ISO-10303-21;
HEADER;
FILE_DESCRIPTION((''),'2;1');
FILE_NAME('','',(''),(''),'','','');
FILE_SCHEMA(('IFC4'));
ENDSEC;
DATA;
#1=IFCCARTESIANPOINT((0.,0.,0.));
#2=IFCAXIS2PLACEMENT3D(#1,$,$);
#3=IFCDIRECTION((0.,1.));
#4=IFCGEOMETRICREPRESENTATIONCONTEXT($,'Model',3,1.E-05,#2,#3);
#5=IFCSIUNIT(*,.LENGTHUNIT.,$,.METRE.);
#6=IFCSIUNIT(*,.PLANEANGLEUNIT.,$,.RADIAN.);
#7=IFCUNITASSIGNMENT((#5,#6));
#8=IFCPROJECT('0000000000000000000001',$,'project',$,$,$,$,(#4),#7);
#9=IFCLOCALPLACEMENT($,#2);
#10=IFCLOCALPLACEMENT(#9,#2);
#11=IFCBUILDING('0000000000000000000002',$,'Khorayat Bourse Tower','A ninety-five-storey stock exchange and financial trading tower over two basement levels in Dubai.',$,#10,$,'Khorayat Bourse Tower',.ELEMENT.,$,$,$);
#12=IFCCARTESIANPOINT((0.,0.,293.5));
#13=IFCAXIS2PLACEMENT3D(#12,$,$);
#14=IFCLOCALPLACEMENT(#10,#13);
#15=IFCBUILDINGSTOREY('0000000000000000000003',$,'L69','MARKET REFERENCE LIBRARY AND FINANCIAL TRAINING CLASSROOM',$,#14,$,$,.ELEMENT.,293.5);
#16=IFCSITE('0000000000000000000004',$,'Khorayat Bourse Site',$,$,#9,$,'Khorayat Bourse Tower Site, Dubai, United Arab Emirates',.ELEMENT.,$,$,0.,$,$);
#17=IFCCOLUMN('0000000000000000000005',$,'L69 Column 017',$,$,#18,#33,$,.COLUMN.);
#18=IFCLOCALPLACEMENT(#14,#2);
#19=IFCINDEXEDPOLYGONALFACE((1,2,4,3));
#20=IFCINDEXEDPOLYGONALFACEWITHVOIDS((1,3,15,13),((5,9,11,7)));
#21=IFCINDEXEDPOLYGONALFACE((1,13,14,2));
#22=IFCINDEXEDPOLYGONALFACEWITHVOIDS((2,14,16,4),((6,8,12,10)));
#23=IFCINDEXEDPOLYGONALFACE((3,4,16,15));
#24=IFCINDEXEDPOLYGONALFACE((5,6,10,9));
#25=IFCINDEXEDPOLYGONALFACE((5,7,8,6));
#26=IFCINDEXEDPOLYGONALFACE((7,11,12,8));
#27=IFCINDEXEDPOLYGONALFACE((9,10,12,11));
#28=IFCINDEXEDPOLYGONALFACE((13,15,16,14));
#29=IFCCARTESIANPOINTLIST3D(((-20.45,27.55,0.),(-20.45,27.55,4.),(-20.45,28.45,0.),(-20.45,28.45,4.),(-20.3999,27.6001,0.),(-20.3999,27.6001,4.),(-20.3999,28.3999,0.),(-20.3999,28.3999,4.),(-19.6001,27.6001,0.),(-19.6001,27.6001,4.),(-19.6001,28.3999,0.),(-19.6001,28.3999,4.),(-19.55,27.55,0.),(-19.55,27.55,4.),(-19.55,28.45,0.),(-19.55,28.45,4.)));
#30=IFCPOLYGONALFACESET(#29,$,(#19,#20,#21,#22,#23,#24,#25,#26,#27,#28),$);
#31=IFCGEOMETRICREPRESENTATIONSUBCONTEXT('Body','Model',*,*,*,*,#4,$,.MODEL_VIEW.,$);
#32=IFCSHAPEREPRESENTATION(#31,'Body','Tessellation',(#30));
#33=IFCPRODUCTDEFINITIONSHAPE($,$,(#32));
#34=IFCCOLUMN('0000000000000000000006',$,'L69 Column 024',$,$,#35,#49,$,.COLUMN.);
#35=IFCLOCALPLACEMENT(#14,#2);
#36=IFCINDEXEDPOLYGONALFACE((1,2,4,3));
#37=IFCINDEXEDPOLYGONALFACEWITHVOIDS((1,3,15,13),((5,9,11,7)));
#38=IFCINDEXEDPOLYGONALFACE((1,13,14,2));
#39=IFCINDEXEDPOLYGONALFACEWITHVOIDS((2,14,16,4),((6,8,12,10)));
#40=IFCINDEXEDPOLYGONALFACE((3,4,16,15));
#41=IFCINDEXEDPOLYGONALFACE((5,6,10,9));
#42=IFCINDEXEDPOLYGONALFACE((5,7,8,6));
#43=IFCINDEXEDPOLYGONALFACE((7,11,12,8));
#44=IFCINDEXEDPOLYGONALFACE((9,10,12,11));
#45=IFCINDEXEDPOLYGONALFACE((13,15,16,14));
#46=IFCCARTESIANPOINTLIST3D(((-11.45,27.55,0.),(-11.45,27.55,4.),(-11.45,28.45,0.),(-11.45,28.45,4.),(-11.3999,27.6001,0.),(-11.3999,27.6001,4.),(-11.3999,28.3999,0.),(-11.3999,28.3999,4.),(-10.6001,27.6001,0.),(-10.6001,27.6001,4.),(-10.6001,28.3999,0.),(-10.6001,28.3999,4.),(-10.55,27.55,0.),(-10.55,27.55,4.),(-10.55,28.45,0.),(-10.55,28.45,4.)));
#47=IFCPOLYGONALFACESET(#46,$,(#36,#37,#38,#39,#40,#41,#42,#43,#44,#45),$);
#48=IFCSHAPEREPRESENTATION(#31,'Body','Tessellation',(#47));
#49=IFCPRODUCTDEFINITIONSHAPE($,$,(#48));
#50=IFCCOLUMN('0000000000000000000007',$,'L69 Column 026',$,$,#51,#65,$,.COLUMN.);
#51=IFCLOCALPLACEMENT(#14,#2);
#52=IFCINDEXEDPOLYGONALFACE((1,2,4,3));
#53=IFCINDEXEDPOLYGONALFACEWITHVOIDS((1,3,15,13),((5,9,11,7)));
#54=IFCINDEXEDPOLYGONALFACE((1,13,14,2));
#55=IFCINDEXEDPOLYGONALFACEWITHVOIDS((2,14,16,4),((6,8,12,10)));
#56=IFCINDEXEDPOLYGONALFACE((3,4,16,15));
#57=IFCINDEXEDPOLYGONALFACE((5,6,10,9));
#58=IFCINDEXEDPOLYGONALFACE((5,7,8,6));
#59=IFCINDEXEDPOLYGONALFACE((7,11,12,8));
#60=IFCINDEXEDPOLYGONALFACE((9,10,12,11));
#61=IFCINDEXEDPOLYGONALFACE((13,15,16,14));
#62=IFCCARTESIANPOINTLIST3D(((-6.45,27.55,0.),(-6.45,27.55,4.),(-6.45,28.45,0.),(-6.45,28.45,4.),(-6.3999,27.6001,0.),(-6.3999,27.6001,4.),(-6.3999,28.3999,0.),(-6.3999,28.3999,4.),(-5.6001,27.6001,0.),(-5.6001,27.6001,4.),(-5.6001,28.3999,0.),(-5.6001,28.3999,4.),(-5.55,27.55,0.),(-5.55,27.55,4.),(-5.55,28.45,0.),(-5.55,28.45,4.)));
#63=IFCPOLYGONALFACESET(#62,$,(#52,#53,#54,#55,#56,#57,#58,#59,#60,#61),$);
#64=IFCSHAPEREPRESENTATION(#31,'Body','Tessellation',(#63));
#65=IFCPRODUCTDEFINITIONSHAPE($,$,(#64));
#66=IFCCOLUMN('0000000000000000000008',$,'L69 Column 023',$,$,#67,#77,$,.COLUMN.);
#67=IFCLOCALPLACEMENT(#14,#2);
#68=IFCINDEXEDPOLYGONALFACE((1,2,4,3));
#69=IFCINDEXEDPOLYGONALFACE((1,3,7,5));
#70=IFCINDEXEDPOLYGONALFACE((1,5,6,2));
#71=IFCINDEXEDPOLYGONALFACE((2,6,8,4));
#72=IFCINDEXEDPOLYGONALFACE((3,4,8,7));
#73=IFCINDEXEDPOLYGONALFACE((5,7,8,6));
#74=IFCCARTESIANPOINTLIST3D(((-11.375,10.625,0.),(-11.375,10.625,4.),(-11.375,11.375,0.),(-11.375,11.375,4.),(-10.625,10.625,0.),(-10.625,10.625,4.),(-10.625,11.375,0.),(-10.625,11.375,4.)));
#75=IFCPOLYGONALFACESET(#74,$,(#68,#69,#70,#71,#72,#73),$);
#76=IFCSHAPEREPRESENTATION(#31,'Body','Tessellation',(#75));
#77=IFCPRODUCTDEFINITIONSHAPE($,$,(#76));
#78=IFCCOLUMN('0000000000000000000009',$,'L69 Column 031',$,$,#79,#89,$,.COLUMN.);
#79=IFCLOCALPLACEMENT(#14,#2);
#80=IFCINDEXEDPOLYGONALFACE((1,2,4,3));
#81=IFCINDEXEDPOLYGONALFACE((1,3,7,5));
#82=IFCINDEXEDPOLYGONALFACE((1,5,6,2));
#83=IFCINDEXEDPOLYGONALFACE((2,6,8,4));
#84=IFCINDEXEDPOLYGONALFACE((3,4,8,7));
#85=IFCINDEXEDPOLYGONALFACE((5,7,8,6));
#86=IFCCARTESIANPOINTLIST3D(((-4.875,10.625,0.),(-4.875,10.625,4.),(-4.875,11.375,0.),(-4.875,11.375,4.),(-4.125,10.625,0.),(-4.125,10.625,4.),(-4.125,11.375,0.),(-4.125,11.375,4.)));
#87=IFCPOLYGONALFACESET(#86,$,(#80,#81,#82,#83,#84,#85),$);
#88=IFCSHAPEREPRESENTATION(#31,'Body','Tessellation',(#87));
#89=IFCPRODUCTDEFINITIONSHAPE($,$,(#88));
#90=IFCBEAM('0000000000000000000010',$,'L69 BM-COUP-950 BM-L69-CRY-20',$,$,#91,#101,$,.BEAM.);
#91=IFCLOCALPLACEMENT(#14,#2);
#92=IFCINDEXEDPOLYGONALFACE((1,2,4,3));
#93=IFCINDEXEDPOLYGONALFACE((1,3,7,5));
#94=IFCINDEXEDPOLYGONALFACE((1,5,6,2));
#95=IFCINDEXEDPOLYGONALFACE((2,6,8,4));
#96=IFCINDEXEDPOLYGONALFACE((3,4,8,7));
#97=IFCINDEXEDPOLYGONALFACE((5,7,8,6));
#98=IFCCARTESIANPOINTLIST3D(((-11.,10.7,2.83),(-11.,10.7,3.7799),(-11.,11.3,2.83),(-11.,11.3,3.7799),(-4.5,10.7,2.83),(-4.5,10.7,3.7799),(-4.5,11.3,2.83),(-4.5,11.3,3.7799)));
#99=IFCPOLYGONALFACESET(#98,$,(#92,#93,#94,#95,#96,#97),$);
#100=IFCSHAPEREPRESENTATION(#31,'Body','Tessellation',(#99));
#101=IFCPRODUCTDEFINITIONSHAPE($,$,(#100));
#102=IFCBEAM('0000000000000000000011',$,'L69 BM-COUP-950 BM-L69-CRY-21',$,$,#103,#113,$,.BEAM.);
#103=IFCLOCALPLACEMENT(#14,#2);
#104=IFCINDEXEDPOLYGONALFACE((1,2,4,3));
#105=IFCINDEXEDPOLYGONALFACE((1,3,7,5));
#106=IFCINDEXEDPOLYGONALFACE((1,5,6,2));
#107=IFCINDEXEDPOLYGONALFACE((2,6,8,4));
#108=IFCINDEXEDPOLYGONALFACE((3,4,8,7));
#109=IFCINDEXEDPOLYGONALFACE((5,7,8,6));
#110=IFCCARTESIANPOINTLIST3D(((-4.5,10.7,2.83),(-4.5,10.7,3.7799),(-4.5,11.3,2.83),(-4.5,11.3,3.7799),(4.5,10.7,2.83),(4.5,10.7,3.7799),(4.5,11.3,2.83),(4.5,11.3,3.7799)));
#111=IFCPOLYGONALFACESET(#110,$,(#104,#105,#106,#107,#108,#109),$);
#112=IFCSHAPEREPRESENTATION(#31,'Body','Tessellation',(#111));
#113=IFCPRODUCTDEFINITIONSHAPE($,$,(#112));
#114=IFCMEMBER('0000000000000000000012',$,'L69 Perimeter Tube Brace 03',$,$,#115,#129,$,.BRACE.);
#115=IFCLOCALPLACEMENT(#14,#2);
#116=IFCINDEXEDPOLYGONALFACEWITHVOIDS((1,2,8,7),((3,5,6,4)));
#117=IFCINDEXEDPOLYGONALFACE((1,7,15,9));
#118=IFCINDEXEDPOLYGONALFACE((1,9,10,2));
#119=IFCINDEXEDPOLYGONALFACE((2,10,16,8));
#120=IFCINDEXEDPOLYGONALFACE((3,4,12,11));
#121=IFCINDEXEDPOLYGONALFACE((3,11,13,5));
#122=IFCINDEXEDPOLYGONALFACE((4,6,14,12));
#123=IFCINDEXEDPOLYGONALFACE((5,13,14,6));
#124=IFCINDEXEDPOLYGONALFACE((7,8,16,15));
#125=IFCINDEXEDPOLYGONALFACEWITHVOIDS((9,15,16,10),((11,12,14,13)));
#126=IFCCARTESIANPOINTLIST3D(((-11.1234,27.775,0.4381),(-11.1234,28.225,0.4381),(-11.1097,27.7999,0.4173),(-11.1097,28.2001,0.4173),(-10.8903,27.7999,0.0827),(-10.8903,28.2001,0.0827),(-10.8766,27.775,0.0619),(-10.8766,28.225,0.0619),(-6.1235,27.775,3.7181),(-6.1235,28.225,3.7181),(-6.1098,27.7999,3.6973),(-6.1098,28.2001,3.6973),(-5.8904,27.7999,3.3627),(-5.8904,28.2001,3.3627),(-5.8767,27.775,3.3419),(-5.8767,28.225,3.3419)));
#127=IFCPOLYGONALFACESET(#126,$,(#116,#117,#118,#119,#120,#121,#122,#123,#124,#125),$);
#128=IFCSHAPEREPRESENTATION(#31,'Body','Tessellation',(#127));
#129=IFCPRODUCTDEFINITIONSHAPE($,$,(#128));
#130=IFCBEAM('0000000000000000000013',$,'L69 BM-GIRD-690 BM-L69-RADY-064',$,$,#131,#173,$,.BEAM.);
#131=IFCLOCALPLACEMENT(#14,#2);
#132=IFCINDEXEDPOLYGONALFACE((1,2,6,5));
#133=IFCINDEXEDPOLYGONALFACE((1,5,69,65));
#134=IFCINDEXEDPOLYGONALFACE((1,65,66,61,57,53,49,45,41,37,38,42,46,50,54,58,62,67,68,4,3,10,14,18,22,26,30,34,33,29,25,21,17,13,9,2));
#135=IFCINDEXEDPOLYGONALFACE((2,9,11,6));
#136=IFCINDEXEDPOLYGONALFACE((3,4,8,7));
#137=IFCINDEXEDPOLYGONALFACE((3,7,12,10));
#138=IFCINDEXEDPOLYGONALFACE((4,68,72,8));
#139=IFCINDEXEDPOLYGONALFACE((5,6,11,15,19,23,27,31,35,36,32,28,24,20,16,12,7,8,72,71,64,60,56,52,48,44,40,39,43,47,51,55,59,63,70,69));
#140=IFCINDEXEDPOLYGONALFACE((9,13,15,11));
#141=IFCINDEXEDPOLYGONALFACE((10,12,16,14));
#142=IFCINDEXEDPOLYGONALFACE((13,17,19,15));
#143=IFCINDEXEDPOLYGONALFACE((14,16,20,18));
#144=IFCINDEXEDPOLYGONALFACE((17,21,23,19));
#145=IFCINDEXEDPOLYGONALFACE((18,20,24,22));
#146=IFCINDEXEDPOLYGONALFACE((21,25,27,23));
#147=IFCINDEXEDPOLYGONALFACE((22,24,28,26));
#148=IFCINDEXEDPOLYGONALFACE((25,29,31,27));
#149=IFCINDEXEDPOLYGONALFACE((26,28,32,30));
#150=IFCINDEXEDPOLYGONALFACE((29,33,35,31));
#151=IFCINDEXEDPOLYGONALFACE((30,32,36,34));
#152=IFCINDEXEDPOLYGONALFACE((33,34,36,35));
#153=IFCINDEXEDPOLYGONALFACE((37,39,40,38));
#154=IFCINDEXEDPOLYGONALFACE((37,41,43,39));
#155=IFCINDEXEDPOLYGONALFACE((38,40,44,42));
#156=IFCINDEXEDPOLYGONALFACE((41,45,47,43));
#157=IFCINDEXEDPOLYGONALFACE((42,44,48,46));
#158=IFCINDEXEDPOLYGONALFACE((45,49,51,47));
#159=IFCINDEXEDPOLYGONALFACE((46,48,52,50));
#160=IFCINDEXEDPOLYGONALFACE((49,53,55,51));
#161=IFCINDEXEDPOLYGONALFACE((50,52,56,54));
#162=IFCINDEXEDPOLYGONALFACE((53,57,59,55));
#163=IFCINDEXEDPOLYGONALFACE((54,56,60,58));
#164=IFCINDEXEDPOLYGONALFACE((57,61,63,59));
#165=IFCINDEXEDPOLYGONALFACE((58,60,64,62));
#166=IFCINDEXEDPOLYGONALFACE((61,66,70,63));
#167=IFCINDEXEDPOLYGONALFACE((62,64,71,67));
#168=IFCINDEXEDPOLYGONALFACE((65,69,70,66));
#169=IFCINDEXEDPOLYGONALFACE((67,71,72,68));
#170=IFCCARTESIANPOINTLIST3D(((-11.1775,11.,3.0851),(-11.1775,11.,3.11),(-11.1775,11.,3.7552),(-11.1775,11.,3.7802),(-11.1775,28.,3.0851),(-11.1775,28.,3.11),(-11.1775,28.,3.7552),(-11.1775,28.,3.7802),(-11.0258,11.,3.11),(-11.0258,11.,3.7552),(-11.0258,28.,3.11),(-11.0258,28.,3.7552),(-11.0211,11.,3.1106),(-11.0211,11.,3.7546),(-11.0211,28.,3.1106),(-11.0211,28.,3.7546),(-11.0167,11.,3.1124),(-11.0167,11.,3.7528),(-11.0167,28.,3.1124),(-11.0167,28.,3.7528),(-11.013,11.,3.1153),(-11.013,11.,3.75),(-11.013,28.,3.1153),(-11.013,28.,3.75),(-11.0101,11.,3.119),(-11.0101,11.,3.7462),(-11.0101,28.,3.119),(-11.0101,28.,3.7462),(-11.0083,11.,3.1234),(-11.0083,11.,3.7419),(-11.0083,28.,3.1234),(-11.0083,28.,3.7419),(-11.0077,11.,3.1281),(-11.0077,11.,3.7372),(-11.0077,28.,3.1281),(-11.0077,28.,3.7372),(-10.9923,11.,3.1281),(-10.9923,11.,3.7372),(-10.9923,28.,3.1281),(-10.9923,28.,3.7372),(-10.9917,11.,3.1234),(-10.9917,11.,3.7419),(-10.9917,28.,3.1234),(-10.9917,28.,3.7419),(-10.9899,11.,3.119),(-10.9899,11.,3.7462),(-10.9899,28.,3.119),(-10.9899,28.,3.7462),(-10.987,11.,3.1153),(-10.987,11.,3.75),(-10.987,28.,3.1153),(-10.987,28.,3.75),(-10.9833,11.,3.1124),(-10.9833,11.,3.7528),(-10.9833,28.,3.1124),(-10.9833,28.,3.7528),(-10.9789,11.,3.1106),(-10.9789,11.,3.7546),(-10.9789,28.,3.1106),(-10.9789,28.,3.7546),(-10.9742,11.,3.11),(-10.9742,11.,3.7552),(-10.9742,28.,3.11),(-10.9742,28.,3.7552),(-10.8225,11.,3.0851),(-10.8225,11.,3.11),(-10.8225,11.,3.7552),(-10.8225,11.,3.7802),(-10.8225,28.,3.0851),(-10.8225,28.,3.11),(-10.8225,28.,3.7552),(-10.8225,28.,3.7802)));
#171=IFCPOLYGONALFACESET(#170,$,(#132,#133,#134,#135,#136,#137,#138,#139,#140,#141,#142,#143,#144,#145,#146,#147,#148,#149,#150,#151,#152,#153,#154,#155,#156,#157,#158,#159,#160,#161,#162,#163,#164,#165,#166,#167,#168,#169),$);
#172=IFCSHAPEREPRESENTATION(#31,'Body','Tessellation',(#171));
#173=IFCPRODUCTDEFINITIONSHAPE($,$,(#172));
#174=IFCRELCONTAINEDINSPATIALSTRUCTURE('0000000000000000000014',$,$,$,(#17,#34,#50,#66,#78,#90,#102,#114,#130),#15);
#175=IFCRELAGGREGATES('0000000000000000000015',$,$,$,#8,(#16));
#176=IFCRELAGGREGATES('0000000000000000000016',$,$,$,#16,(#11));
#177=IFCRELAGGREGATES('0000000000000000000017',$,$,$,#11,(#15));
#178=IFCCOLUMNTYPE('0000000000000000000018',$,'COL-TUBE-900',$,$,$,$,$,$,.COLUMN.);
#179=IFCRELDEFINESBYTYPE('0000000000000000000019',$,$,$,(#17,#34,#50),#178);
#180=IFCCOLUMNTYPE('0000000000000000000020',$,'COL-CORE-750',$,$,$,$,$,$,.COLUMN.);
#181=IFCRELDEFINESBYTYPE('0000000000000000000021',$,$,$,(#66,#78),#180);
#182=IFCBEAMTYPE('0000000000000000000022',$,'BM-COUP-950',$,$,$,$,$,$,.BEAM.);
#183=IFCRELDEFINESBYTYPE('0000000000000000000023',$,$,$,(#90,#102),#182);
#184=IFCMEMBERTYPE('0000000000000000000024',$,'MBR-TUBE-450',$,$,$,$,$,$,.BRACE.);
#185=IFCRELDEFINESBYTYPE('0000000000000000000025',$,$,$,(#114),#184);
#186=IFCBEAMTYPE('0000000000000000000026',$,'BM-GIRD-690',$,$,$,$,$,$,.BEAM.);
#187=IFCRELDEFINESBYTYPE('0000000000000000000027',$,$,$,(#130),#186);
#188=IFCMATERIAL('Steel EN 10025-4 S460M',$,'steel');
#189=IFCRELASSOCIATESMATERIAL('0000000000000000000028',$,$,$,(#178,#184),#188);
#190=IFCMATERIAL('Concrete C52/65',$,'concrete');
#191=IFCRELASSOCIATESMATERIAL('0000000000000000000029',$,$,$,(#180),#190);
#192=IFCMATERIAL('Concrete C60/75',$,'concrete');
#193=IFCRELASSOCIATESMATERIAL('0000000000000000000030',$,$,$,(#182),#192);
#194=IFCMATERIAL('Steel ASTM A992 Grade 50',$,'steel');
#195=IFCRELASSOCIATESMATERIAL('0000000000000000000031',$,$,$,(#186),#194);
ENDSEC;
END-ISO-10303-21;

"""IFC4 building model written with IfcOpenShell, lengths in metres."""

from ifc_helpers import new_model, si_unit, direction, frame, origin, origin_2d, place, context, subcontext, project, spatial, rectangle, hollow_rectangle, i_section, extrude, source, transform, mapped, material, material_profile, profile_set, type_object, element, save


model = new_model("IFC4")

# Units and contexts
model_context = context("Model", 3, precision=1e-05, world=origin(), true_north=direction((0.0, 1.0)))
body_context = subcontext(model_context, "Body", "Model", "MODEL_VIEW")
ifc_project = project(units=[si_unit("LENGTHUNIT", "METRE"), si_unit("PLANEANGLEUNIT", "RADIAN")], contexts=[model_context])

# Site, building, storey
site_placement = place(None, origin())
site = spatial("IfcSite", under=ifc_project, at=site_placement, Name="Khorayat Bourse Site", LongName="Khorayat Bourse Tower Site, Dubai, United Arab Emirates", CompositionType="ELEMENT", RefElevation=0.0)
building_placement = place(site_placement, origin())
building = spatial("IfcBuilding", under=site, at=building_placement, Name="Khorayat Bourse Tower", Description="A ninety-five-storey stock exchange and financial trading tower over two basement levels in Dubai.", LongName="Khorayat Bourse Tower", CompositionType="ELEMENT")
storey_placement = place(building_placement, frame((0.0, 0.0, 293.5)))
storey = spatial("IfcBuildingStorey", under=building, at=storey_placement, Name="L69", Description="MARKET REFERENCE LIBRARY AND FINANCIAL TRAINING CLASSROOM", CompositionType="ELEMENT", Elevation=293.5)

# Columns
ifc_material_1 = material(Name="Steel EN 10025-4 S460M", Category="steel")
ifc_material_profile_1 = material_profile(ifc_material_1, hollow_rectangle(XDim=0.8999, YDim=0.8999, WallThickness=0.05, at=origin_2d()), Name="BOX 900x900x50")
ifc_profile_set_1 = profile_set([ifc_material_profile_1], Name="Steel EN 10025-4 S460M")
column_type_1 = type_object("IfcColumnType", Name="COL-TUBE-900", PredefinedType="COLUMN", material=ifc_profile_set_1)
shared_shape_1 = source(origin(), body_context, "Body", "SweptSolid", [
    extrude(hollow_rectangle(XDim=0.8999, YDim=0.8999, WallThickness=0.05, at=origin_2d()), origin(), (0.0, 0.0, 1.0), 4.0),
])
for number, where, z_axis, x_axis, name in (
    (1, (-20.0, 28.0, 0.0), (0.0, 0.0, 1.0), (1.0, 0.0, 0.0), "L69 Column 017"),
    (2, (-11.0, 28.0, 0.0), (0.0, 0.0, 1.0), (1.0, 0.0, 0.0), "L69 Column 024"),
    (3, (-6.0, 28.0, 0.0), (0.0, 0.0, 1.0), (1.0, 0.0, 0.0), "L69 Column 026"),
):
    element("IfcColumn", number, at=place(storey_placement, frame(where, z_axis=z_axis, x_axis=x_axis)), inside=storey, type_object=column_type_1, Name=name, PredefinedType="COLUMN", context=body_context, shape_type="MappedRepresentation", body=[
        mapped(shared_shape_1, transform((0.0, 0.0, 0.0), scale=1.0)),
    ])
ifc_material_2 = material(Name="Concrete C52/65", Category="concrete")
ifc_material_profile_2 = material_profile(ifc_material_2, rectangle(XDim=0.75, YDim=0.75, at=origin_2d()), Name="RC 750x750")
ifc_profile_set_2 = profile_set([ifc_material_profile_2], Name="Concrete C52/65")
column_type_2 = type_object("IfcColumnType", Name="COL-CORE-750", PredefinedType="COLUMN", material=ifc_profile_set_2)
shared_shape_2 = source(origin(), body_context, "Body", "SweptSolid", [
    extrude(rectangle(XDim=0.75, YDim=0.75, at=origin_2d()), origin(), (0.0, 0.0, 1.0), 4.0),
])
for number, where, z_axis, x_axis, name in (
    (4, (-11.0, 11.0, 0.0), (0.0, 0.0, 1.0), (1.0, 0.0, 0.0), "L69 Column 023"),
    (5, (-4.5, 11.0, 0.0), (0.0, 0.0, 1.0), (1.0, 0.0, 0.0), "L69 Column 031"),
):
    element("IfcColumn", number, at=place(storey_placement, frame(where, z_axis=z_axis, x_axis=x_axis)), inside=storey, type_object=column_type_2, Name=name, PredefinedType="COLUMN", context=body_context, shape_type="MappedRepresentation", body=[
        mapped(shared_shape_2, transform((0.0, 0.0, 0.0), scale=1.0)),
    ])

# Beams
ifc_material_3 = material(Name="Concrete C60/75", Category="concrete")
ifc_material_profile_3 = material_profile(ifc_material_3, rectangle(XDim=0.6001, YDim=0.95, at=origin_2d()), Name="RC 600x950")
ifc_profile_set_3 = profile_set([ifc_material_profile_3], Name="Concrete C60/75")
beam_type_1 = type_object("IfcBeamType", Name="BM-COUP-950", PredefinedType="BEAM", material=ifc_profile_set_3)
shared_shape_3 = source(origin(), body_context, "Body", "SweptSolid", [
    extrude(rectangle(XDim=0.6001, YDim=0.95, at=origin_2d()), origin(), (0.0, 0.0, 1.0), 6.5),
])
beam_1_placement = place(storey_placement, frame((-11.0, 11.0, 3.3049), z_axis=(1.0, 0.0, 0.0), x_axis=(0.0, 1.0, 0.0)))
element("IfcBeam", 6, at=beam_1_placement, inside=storey, type_object=beam_type_1, Name="L69 BM-COUP-950 BM-L69-CRY-20", PredefinedType="BEAM", context=body_context, shape_type="MappedRepresentation", body=[
    mapped(shared_shape_3, transform((0.0, 0.0, 0.0), scale=1.0)),
])
shared_shape_4 = source(origin(), body_context, "Body", "SweptSolid", [
    extrude(rectangle(XDim=0.6001, YDim=0.95, at=origin_2d()), origin(), (0.0, 0.0, 1.0), 9.0),
])
beam_2_placement = place(storey_placement, frame((-4.5, 11.0, 3.3049), z_axis=(1.0, 0.0, 0.0), x_axis=(0.0, 1.0, 0.0)))
element("IfcBeam", 7, at=beam_2_placement, inside=storey, type_object=beam_type_1, Name="L69 BM-COUP-950 BM-L69-CRY-21", PredefinedType="BEAM", context=body_context, shape_type="MappedRepresentation", body=[
    mapped(shared_shape_4, transform((0.0, 0.0, 0.0), scale=1.0)),
])

# Member
ifc_material_profile_4 = material_profile(ifc_material_1, hollow_rectangle(XDim=0.45, YDim=0.45, WallThickness=0.0249, at=origin_2d()), Name="HSS 450x450x25")
ifc_profile_set_4 = profile_set([ifc_material_profile_4], Name="Steel EN 10025-4 S460M")
member_type_1 = type_object("IfcMemberType", Name="MBR-TUBE-450", PredefinedType="BRACE", material=ifc_profile_set_4)
shared_shape_5 = source(origin(), body_context, "Body", "SweptSolid", [
    extrude(hollow_rectangle(XDim=0.45, YDim=0.45, WallThickness=0.0249, at=origin_2d()), origin(), (0.0, 0.0, 1.0), 5.9797),
])
member_1_placement = place(storey_placement, frame((-11.0, 28.0, 0.25), z_axis=(0.836142, 0.0, 0.548514), x_axis=(0.0, 1.0, 0.0)))
element("IfcMember", 8, at=member_1_placement, inside=storey, type_object=member_type_1, Name="L69 Perimeter Tube Brace 03", PredefinedType="BRACE", context=body_context, shape_type="MappedRepresentation", body=[
    mapped(shared_shape_5, transform((0.0, 0.0, 0.0), scale=1.0)),
])

# Beam
ifc_material_4 = material(Name="Steel ASTM A992 Grade 50", Category="steel")
ifc_material_profile_5 = material_profile(ifc_material_4, i_section(OverallWidth=0.355, OverallDepth=0.6951, WebThickness=0.0154, FlangeThickness=0.0249, FilletRadius=0.0181, at=origin_2d()), Name="W690X217")
ifc_profile_set_5 = profile_set([ifc_material_profile_5], Name="Steel ASTM A992 Grade 50")
beam_type_2 = type_object("IfcBeamType", Name="BM-GIRD-690", PredefinedType="BEAM", material=ifc_profile_set_5)
shared_shape_6 = source(origin(), body_context, "Body", "SweptSolid", [
    extrude(i_section(OverallWidth=0.355, OverallDepth=0.6951, WebThickness=0.0154, FlangeThickness=0.0249, FilletRadius=0.0181, at=origin_2d()), origin(), (0.0, 0.0, 1.0), 17.0),
])
for number, where, z_axis, x_axis, name in (
    (9, (-11.0, 11.0, 3.4326), (0.0, 1.0, 0.0), (-1.0, 0.0, 0.0), "L69 BM-GIRD-690 BM-L69-RADY-064"),
):
    element("IfcBeam", number, at=place(storey_placement, frame(where, z_axis=z_axis, x_axis=x_axis)), inside=storey, type_object=beam_type_2, Name=name, PredefinedType="BEAM", context=body_context, shape_type="MappedRepresentation", body=[
        mapped(shared_shape_6, transform((0.0, 0.0, 0.0), scale=1.0)),
    ])

save(model, "model.ifc")
